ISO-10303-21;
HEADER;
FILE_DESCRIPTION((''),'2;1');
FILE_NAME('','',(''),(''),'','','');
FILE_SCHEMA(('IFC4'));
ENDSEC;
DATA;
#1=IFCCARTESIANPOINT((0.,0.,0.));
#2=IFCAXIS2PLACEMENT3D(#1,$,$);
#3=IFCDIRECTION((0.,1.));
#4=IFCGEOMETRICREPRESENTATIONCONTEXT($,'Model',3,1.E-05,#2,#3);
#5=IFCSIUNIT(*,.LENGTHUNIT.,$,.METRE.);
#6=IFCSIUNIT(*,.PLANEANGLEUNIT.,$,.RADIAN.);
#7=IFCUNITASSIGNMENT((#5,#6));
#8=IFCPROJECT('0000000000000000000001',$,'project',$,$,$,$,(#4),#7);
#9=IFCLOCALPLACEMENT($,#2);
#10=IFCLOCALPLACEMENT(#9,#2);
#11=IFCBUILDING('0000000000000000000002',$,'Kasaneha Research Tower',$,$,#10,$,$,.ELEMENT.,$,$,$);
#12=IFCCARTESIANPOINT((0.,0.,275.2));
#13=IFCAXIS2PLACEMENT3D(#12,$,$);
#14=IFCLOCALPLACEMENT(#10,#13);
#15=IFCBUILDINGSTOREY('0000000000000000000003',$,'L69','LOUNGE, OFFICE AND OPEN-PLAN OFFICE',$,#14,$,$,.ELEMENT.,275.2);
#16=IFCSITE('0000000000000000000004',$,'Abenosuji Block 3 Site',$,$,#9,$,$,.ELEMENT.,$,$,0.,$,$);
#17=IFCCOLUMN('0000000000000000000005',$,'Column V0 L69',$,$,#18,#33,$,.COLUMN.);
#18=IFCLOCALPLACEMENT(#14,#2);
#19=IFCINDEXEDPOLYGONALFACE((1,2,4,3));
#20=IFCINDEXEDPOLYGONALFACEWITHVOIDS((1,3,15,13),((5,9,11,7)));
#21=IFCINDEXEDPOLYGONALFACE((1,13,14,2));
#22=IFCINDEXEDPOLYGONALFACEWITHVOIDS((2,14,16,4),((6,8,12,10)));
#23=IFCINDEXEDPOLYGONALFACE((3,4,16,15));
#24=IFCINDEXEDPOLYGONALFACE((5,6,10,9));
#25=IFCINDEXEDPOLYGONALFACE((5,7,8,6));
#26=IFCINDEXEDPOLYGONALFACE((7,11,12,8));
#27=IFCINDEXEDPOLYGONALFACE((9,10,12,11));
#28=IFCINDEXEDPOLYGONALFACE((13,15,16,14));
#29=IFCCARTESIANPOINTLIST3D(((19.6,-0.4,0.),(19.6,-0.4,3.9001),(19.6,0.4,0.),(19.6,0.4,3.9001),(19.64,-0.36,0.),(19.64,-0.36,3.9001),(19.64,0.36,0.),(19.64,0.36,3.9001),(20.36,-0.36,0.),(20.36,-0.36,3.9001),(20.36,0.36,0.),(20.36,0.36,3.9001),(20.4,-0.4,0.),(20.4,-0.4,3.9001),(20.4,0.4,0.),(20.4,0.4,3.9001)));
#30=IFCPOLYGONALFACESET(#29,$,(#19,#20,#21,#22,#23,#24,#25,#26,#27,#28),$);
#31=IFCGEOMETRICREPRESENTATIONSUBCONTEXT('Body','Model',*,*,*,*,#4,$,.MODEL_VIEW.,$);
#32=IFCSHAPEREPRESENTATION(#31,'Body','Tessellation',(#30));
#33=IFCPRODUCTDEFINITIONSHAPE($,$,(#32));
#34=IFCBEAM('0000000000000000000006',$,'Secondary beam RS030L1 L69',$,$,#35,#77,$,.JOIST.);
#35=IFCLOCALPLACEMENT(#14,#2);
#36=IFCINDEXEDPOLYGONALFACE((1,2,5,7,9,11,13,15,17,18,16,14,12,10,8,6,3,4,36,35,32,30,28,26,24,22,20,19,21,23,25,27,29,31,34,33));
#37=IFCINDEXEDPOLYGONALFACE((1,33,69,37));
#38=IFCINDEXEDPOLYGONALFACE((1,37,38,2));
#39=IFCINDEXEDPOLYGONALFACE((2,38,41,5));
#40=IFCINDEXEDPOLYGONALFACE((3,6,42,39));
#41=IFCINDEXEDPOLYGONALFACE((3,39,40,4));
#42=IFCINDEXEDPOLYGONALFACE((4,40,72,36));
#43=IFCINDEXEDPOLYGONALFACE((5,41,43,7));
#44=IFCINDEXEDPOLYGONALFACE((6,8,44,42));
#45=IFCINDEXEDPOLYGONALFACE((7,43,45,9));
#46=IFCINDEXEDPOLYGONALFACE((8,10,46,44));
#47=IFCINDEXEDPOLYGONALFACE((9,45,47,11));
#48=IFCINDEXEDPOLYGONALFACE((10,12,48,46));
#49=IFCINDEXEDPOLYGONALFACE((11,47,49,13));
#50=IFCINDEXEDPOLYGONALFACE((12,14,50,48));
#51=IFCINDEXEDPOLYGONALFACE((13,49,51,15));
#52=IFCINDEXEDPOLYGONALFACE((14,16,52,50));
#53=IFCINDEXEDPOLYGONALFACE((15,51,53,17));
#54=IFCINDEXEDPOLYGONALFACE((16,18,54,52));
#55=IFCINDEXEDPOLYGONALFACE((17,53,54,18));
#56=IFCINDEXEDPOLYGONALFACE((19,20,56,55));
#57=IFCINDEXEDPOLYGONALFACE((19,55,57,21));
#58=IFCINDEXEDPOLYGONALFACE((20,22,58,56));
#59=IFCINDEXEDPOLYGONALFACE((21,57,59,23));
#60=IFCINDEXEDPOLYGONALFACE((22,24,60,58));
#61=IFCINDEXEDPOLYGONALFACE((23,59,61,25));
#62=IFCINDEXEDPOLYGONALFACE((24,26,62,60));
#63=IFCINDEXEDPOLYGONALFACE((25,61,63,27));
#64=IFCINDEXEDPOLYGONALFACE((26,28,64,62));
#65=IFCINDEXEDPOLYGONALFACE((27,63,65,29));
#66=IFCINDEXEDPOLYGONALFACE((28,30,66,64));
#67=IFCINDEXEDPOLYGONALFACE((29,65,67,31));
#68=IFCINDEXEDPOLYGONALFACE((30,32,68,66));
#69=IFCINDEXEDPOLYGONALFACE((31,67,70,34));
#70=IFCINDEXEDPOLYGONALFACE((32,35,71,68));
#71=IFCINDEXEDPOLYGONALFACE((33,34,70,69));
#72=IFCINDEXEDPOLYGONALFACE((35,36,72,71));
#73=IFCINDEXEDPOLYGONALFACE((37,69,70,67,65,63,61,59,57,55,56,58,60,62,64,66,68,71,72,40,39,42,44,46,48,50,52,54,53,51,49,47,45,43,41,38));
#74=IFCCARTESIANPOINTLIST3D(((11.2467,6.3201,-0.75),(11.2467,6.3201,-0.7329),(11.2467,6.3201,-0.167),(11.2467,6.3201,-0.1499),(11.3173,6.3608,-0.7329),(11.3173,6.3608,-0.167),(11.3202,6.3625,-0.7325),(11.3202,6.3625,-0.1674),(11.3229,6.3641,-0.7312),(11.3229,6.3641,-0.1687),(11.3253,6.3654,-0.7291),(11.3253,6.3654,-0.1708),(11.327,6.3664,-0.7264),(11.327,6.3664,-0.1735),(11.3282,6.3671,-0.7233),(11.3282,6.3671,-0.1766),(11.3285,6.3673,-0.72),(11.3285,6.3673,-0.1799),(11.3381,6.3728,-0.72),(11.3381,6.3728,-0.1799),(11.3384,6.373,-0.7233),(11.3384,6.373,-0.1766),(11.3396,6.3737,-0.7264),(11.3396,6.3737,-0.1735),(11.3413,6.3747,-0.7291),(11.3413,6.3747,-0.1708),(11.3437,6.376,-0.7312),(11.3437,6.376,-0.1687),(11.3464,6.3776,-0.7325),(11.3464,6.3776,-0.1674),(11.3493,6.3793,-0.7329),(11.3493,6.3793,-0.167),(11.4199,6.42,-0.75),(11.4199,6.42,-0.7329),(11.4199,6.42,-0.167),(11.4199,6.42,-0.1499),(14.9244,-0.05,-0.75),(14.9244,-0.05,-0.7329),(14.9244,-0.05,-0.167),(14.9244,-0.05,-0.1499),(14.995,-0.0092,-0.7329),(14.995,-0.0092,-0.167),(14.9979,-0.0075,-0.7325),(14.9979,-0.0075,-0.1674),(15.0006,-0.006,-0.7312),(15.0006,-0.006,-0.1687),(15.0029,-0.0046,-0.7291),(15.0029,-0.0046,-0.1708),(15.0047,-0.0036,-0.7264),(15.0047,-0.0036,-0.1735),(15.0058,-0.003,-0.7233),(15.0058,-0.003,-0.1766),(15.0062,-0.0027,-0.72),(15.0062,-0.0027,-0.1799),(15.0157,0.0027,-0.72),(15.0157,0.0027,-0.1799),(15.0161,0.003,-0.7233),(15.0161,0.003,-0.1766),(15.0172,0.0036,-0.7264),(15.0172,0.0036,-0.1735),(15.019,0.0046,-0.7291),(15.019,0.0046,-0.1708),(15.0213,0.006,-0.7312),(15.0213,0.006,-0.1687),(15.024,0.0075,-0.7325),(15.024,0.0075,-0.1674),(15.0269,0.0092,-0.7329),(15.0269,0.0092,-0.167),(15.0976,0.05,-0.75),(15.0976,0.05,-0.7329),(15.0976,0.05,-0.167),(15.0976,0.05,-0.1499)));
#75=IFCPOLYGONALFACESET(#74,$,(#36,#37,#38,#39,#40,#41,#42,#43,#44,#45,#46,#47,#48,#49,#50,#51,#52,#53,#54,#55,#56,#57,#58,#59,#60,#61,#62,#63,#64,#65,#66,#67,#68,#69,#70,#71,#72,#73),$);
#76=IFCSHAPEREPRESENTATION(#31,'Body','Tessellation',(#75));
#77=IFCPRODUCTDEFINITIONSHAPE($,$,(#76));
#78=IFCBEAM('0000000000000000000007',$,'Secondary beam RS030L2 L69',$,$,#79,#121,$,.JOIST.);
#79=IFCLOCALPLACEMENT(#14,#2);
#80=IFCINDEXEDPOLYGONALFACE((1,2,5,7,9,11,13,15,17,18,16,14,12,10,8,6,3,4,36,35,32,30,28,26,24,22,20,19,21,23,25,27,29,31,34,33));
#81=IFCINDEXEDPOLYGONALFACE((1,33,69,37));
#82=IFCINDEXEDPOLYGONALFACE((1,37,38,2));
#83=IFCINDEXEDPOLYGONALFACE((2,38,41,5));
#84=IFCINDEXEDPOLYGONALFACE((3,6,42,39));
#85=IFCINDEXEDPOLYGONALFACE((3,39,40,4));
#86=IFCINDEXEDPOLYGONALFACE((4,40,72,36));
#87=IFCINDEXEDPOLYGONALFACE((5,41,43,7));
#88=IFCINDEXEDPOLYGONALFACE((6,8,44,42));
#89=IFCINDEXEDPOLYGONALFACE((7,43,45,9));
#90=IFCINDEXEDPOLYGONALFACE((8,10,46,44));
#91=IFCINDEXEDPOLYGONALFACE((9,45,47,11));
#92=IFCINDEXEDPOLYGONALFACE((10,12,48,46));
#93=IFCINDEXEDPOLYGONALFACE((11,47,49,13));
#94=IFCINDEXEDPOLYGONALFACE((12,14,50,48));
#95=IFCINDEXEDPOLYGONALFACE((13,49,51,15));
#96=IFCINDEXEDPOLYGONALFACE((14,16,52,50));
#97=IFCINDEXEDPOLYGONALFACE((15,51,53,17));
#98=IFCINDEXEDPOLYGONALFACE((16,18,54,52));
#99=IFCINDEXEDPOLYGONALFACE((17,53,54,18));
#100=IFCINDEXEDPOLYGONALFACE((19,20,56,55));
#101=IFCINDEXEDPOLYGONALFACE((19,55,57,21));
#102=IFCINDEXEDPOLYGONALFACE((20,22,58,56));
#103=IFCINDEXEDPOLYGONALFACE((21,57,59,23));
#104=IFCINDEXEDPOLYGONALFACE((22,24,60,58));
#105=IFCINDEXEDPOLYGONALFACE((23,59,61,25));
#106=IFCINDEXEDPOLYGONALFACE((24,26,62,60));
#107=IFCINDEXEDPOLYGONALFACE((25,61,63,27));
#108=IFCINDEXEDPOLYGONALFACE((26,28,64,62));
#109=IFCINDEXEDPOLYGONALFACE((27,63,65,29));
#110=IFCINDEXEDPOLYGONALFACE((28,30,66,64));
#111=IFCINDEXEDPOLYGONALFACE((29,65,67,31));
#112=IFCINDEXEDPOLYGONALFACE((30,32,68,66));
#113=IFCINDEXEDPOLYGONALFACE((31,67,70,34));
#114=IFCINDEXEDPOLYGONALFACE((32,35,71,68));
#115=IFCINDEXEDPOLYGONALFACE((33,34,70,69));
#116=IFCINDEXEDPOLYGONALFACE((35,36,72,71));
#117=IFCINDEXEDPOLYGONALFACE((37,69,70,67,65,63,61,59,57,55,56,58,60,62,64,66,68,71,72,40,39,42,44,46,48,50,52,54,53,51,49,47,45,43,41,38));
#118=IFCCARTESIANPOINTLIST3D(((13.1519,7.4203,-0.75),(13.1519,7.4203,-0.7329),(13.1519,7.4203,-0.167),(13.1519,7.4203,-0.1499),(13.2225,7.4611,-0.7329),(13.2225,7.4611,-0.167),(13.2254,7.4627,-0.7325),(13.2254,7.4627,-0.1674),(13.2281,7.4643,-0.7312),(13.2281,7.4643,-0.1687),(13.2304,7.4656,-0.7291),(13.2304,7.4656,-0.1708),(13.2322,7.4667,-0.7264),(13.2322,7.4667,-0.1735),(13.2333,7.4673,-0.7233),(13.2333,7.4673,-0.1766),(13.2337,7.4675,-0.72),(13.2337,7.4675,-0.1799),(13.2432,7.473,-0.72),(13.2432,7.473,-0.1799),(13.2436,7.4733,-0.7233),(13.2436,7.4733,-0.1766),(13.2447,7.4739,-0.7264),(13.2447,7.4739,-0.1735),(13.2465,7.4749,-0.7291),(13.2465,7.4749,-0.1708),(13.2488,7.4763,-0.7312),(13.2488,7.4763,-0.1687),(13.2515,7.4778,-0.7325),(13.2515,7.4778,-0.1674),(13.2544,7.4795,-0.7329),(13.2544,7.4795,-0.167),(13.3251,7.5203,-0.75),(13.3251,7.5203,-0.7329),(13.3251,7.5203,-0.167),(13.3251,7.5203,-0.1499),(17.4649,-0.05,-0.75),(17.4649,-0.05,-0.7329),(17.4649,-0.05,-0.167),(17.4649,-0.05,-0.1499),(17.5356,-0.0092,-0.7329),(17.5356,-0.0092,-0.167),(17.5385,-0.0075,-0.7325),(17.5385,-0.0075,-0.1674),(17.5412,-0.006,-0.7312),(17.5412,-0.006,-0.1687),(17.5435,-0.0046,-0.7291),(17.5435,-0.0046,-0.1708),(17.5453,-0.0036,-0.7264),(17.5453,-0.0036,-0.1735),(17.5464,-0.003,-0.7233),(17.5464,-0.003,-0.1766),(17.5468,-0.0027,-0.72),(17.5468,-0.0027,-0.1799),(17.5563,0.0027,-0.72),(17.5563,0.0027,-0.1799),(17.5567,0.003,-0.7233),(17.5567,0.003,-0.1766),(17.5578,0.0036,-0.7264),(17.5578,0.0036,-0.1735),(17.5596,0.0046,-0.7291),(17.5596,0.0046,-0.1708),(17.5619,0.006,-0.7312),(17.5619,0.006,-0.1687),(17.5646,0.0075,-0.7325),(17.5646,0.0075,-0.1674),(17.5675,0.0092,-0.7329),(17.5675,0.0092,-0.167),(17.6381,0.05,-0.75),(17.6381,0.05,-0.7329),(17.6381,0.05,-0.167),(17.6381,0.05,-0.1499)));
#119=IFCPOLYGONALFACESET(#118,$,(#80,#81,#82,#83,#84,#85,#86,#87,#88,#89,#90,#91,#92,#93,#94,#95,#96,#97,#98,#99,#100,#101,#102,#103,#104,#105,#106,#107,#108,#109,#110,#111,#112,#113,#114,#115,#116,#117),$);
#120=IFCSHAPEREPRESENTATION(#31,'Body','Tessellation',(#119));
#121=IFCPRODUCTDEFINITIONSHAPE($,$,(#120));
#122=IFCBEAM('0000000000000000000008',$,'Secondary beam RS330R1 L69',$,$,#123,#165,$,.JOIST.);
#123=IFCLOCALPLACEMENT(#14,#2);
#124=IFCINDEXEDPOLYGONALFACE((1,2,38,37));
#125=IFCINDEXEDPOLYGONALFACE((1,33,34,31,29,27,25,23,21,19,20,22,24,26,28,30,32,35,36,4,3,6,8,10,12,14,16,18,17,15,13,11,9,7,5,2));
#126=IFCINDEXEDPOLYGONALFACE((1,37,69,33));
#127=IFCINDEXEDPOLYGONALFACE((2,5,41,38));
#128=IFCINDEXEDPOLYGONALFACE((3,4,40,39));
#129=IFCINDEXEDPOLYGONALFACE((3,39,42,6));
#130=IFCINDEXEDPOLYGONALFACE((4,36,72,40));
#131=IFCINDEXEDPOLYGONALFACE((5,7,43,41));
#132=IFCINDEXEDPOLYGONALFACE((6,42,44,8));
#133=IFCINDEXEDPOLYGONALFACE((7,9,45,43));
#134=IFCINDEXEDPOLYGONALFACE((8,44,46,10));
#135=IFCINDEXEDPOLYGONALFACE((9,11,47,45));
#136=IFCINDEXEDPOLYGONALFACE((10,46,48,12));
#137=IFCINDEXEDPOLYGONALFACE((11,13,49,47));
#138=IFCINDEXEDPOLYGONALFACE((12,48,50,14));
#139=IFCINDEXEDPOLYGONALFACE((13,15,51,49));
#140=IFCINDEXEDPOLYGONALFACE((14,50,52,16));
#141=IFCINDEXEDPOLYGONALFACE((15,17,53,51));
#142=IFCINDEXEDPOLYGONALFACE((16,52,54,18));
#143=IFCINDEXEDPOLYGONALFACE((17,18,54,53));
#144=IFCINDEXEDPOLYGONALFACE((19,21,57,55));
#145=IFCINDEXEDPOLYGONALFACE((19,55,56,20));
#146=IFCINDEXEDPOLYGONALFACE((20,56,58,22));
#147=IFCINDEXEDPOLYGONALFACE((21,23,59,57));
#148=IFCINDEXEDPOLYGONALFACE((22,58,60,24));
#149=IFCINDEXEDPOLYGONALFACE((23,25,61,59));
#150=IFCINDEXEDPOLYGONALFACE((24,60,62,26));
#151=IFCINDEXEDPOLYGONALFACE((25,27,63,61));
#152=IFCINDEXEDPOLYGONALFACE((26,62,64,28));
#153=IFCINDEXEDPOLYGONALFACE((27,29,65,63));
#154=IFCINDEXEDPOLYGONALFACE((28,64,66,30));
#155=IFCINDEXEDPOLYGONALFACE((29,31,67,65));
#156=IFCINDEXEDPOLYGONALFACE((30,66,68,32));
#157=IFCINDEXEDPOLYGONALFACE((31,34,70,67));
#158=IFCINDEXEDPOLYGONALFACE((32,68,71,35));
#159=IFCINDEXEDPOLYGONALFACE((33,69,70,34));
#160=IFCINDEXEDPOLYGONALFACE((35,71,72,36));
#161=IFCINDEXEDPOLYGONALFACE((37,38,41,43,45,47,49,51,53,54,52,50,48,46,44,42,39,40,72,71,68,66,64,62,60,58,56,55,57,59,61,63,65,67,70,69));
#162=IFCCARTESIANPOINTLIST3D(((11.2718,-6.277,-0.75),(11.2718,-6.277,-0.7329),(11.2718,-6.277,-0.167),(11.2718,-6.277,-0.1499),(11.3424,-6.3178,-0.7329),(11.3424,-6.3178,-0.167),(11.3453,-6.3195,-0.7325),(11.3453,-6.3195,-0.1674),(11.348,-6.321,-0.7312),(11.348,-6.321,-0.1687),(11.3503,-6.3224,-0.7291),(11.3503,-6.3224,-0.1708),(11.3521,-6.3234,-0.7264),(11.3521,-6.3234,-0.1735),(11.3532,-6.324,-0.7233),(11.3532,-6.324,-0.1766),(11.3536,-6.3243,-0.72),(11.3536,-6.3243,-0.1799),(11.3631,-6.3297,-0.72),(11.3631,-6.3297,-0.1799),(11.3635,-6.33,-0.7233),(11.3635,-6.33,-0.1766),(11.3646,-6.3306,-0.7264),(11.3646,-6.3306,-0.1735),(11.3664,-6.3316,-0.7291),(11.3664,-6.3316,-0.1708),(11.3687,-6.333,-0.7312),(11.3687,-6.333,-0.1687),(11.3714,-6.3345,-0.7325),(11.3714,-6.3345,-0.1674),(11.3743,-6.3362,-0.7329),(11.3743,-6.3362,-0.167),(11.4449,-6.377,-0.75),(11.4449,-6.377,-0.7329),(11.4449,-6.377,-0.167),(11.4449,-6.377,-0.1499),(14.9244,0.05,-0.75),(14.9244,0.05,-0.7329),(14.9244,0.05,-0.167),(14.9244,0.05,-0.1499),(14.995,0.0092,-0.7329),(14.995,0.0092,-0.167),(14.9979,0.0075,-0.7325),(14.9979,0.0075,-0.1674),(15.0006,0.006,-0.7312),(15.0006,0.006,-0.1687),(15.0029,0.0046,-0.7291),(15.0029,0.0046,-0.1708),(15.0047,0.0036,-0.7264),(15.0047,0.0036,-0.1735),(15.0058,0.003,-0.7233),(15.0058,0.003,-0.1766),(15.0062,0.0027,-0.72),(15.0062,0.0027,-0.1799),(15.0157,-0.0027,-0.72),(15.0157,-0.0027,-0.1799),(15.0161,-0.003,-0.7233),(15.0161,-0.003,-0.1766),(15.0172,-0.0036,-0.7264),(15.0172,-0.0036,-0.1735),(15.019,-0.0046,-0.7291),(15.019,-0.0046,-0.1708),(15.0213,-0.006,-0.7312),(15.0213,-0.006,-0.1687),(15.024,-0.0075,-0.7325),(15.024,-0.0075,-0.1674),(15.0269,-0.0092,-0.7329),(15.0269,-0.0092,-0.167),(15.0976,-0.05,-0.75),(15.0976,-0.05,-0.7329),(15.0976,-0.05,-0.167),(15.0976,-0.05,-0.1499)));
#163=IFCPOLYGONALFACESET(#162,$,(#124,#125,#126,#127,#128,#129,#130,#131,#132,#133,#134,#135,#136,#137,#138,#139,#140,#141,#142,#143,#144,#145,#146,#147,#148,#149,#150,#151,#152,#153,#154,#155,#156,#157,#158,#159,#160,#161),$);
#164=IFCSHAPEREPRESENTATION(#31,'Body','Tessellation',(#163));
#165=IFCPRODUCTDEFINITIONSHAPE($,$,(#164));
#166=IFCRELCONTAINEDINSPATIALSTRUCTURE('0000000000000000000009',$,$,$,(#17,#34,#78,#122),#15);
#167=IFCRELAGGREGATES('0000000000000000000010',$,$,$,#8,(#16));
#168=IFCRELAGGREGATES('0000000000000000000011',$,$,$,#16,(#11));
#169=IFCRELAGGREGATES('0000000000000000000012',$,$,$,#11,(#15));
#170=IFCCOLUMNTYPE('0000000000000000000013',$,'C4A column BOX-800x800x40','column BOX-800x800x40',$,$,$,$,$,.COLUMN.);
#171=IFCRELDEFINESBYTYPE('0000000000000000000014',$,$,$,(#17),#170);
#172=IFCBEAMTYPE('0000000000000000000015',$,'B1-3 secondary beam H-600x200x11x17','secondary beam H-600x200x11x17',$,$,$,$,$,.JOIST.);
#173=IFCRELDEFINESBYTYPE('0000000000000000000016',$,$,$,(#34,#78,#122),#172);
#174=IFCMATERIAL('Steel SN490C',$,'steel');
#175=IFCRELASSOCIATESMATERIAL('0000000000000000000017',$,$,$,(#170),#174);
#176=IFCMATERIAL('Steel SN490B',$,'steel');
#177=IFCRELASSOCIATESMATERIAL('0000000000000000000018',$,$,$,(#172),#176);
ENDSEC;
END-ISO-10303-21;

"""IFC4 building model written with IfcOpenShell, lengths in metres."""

from ifc_helpers import new_model, si_unit, direction, frame, origin, origin_2d, place, context, subcontext, project, spatial, hollow_rectangle, i_section, extrude, material, material_profile, profile_set, type_object, element, save


model = new_model("IFC4")

# Units and contexts
model_context = context("Model", 3, precision=1e-05, world=origin(), true_north=direction((0.0, 1.0)))
body_context = subcontext(model_context, "Body", "Model", "MODEL_VIEW")
ifc_project = project(units=[si_unit("LENGTHUNIT", "METRE"), si_unit("PLANEANGLEUNIT", "RADIAN")], contexts=[model_context])

# Site, building, storey
site_placement = place(None, origin())
site = spatial("IfcSite", under=ifc_project, at=site_placement, Name="Abenosuji Block 3 Site", CompositionType="ELEMENT", RefElevation=0.0)
building_placement = place(site_placement, origin())
building = spatial("IfcBuilding", under=site, at=building_placement, Name="Kasaneha Research Tower", CompositionType="ELEMENT")
storey_placement = place(building_placement, frame((0.0, 0.0, 275.2)))
storey = spatial("IfcBuildingStorey", under=building, at=storey_placement, Name="L69", Description="LOUNGE, OFFICE AND OPEN-PLAN OFFICE", CompositionType="ELEMENT", Elevation=275.2)

# Column
ifc_material_1 = material(Name="Steel SN490C", Category="steel")
ifc_material_profile_1 = material_profile(ifc_material_1, hollow_rectangle(XDim=0.8, YDim=0.8, WallThickness=0.04, at=origin_2d()), Name="BOX-800x800x40")
ifc_profile_set_1 = profile_set([ifc_material_profile_1], Name="Steel SN490C")
column_type = type_object("IfcColumnType", Name="C4A column BOX-800x800x40", Description="column BOX-800x800x40", PredefinedType="COLUMN", material=ifc_profile_set_1)
column_placement = place(storey_placement, frame((20.0, 0.0, 0.0), z_axis=(0.0, 0.0, 1.0), x_axis=(1.0, 0.0, 0.0)))
element("IfcColumn", 1, at=column_placement, inside=storey, type_object=column_type, Name="Column V0 L69", PredefinedType="COLUMN", context=body_context, shape_type="SweptSolid", body=[
    extrude(hollow_rectangle(XDim=0.8, YDim=0.8, WallThickness=0.04, at=origin_2d()), origin(), (0.0, 0.0, 1.0), 3.9001),
])

# Beams
ifc_material_2 = material(Name="Steel SN490B", Category="steel")
ifc_material_profile_2 = material_profile(ifc_material_2, i_section(OverallWidth=0.2, OverallDepth=0.6001, WebThickness=0.011, FlangeThickness=0.0171, FilletRadius=0.0129, at=origin_2d()), Name="H-600x200x11x17")
ifc_profile_set_2 = profile_set([ifc_material_profile_2], Name="Steel SN490B")
beam_type_1 = type_object("IfcBeamType", Name="B1-3 secondary beam H-600x200x11x17", Description="secondary beam H-600x200x11x17", PredefinedType="JOIST", material=ifc_profile_set_2)
beam_1_placement = place(storey_placement, frame((15.011, 0.0, -0.45), z_axis=(-0.499994, 0.866029, 0.0), x_axis=(-0.866029, -0.499994, 0.0)))
element("IfcBeam", 2, at=beam_1_placement, inside=storey, type_object=beam_type_1, Name="Secondary beam RS030L1 L69", PredefinedType="JOIST", context=body_context, shape_type="SweptSolid", body=[
    extrude(i_section(OverallWidth=0.2, OverallDepth=0.6001, WebThickness=0.011, FlangeThickness=0.0171, FilletRadius=0.0129, at=origin_2d()), origin(), (0.0, 0.0, 1.0), 7.3555),
])
beam_2_placement = place(storey_placement, frame((17.5515, 0.0, -0.45), z_axis=(-0.500005, 0.866023, 0.0), x_axis=(-0.866023, -0.500005, 0.0)))
element("IfcBeam", 3, at=beam_2_placement, inside=storey, type_object=beam_type_1, Name="Secondary beam RS030L2 L69", PredefinedType="JOIST", context=body_context, shape_type="SweptSolid", body=[
    extrude(i_section(OverallWidth=0.2, OverallDepth=0.6001, WebThickness=0.011, FlangeThickness=0.0171, FilletRadius=0.0129, at=origin_2d()), origin(), (0.0, 0.0, 1.0), 8.626),
])
beam_3_placement = place(storey_placement, frame((15.011, 0.0, -0.45), z_axis=(-0.499974, -0.86604, 0.0), x_axis=(0.86604, -0.499974, 0.0)))
element("IfcBeam", 4, at=beam_3_placement, inside=storey, type_object=beam_type_1, Name="Secondary beam RS330R1 L69", PredefinedType="JOIST", context=body_context, shape_type="SweptSolid", body=[
    extrude(i_section(OverallWidth=0.2, OverallDepth=0.6001, WebThickness=0.011, FlangeThickness=0.0171, FilletRadius=0.0129, at=origin_2d()), origin(), (0.0, 0.0, 1.0), 7.3057),
])

save(model, "model.ifc")
